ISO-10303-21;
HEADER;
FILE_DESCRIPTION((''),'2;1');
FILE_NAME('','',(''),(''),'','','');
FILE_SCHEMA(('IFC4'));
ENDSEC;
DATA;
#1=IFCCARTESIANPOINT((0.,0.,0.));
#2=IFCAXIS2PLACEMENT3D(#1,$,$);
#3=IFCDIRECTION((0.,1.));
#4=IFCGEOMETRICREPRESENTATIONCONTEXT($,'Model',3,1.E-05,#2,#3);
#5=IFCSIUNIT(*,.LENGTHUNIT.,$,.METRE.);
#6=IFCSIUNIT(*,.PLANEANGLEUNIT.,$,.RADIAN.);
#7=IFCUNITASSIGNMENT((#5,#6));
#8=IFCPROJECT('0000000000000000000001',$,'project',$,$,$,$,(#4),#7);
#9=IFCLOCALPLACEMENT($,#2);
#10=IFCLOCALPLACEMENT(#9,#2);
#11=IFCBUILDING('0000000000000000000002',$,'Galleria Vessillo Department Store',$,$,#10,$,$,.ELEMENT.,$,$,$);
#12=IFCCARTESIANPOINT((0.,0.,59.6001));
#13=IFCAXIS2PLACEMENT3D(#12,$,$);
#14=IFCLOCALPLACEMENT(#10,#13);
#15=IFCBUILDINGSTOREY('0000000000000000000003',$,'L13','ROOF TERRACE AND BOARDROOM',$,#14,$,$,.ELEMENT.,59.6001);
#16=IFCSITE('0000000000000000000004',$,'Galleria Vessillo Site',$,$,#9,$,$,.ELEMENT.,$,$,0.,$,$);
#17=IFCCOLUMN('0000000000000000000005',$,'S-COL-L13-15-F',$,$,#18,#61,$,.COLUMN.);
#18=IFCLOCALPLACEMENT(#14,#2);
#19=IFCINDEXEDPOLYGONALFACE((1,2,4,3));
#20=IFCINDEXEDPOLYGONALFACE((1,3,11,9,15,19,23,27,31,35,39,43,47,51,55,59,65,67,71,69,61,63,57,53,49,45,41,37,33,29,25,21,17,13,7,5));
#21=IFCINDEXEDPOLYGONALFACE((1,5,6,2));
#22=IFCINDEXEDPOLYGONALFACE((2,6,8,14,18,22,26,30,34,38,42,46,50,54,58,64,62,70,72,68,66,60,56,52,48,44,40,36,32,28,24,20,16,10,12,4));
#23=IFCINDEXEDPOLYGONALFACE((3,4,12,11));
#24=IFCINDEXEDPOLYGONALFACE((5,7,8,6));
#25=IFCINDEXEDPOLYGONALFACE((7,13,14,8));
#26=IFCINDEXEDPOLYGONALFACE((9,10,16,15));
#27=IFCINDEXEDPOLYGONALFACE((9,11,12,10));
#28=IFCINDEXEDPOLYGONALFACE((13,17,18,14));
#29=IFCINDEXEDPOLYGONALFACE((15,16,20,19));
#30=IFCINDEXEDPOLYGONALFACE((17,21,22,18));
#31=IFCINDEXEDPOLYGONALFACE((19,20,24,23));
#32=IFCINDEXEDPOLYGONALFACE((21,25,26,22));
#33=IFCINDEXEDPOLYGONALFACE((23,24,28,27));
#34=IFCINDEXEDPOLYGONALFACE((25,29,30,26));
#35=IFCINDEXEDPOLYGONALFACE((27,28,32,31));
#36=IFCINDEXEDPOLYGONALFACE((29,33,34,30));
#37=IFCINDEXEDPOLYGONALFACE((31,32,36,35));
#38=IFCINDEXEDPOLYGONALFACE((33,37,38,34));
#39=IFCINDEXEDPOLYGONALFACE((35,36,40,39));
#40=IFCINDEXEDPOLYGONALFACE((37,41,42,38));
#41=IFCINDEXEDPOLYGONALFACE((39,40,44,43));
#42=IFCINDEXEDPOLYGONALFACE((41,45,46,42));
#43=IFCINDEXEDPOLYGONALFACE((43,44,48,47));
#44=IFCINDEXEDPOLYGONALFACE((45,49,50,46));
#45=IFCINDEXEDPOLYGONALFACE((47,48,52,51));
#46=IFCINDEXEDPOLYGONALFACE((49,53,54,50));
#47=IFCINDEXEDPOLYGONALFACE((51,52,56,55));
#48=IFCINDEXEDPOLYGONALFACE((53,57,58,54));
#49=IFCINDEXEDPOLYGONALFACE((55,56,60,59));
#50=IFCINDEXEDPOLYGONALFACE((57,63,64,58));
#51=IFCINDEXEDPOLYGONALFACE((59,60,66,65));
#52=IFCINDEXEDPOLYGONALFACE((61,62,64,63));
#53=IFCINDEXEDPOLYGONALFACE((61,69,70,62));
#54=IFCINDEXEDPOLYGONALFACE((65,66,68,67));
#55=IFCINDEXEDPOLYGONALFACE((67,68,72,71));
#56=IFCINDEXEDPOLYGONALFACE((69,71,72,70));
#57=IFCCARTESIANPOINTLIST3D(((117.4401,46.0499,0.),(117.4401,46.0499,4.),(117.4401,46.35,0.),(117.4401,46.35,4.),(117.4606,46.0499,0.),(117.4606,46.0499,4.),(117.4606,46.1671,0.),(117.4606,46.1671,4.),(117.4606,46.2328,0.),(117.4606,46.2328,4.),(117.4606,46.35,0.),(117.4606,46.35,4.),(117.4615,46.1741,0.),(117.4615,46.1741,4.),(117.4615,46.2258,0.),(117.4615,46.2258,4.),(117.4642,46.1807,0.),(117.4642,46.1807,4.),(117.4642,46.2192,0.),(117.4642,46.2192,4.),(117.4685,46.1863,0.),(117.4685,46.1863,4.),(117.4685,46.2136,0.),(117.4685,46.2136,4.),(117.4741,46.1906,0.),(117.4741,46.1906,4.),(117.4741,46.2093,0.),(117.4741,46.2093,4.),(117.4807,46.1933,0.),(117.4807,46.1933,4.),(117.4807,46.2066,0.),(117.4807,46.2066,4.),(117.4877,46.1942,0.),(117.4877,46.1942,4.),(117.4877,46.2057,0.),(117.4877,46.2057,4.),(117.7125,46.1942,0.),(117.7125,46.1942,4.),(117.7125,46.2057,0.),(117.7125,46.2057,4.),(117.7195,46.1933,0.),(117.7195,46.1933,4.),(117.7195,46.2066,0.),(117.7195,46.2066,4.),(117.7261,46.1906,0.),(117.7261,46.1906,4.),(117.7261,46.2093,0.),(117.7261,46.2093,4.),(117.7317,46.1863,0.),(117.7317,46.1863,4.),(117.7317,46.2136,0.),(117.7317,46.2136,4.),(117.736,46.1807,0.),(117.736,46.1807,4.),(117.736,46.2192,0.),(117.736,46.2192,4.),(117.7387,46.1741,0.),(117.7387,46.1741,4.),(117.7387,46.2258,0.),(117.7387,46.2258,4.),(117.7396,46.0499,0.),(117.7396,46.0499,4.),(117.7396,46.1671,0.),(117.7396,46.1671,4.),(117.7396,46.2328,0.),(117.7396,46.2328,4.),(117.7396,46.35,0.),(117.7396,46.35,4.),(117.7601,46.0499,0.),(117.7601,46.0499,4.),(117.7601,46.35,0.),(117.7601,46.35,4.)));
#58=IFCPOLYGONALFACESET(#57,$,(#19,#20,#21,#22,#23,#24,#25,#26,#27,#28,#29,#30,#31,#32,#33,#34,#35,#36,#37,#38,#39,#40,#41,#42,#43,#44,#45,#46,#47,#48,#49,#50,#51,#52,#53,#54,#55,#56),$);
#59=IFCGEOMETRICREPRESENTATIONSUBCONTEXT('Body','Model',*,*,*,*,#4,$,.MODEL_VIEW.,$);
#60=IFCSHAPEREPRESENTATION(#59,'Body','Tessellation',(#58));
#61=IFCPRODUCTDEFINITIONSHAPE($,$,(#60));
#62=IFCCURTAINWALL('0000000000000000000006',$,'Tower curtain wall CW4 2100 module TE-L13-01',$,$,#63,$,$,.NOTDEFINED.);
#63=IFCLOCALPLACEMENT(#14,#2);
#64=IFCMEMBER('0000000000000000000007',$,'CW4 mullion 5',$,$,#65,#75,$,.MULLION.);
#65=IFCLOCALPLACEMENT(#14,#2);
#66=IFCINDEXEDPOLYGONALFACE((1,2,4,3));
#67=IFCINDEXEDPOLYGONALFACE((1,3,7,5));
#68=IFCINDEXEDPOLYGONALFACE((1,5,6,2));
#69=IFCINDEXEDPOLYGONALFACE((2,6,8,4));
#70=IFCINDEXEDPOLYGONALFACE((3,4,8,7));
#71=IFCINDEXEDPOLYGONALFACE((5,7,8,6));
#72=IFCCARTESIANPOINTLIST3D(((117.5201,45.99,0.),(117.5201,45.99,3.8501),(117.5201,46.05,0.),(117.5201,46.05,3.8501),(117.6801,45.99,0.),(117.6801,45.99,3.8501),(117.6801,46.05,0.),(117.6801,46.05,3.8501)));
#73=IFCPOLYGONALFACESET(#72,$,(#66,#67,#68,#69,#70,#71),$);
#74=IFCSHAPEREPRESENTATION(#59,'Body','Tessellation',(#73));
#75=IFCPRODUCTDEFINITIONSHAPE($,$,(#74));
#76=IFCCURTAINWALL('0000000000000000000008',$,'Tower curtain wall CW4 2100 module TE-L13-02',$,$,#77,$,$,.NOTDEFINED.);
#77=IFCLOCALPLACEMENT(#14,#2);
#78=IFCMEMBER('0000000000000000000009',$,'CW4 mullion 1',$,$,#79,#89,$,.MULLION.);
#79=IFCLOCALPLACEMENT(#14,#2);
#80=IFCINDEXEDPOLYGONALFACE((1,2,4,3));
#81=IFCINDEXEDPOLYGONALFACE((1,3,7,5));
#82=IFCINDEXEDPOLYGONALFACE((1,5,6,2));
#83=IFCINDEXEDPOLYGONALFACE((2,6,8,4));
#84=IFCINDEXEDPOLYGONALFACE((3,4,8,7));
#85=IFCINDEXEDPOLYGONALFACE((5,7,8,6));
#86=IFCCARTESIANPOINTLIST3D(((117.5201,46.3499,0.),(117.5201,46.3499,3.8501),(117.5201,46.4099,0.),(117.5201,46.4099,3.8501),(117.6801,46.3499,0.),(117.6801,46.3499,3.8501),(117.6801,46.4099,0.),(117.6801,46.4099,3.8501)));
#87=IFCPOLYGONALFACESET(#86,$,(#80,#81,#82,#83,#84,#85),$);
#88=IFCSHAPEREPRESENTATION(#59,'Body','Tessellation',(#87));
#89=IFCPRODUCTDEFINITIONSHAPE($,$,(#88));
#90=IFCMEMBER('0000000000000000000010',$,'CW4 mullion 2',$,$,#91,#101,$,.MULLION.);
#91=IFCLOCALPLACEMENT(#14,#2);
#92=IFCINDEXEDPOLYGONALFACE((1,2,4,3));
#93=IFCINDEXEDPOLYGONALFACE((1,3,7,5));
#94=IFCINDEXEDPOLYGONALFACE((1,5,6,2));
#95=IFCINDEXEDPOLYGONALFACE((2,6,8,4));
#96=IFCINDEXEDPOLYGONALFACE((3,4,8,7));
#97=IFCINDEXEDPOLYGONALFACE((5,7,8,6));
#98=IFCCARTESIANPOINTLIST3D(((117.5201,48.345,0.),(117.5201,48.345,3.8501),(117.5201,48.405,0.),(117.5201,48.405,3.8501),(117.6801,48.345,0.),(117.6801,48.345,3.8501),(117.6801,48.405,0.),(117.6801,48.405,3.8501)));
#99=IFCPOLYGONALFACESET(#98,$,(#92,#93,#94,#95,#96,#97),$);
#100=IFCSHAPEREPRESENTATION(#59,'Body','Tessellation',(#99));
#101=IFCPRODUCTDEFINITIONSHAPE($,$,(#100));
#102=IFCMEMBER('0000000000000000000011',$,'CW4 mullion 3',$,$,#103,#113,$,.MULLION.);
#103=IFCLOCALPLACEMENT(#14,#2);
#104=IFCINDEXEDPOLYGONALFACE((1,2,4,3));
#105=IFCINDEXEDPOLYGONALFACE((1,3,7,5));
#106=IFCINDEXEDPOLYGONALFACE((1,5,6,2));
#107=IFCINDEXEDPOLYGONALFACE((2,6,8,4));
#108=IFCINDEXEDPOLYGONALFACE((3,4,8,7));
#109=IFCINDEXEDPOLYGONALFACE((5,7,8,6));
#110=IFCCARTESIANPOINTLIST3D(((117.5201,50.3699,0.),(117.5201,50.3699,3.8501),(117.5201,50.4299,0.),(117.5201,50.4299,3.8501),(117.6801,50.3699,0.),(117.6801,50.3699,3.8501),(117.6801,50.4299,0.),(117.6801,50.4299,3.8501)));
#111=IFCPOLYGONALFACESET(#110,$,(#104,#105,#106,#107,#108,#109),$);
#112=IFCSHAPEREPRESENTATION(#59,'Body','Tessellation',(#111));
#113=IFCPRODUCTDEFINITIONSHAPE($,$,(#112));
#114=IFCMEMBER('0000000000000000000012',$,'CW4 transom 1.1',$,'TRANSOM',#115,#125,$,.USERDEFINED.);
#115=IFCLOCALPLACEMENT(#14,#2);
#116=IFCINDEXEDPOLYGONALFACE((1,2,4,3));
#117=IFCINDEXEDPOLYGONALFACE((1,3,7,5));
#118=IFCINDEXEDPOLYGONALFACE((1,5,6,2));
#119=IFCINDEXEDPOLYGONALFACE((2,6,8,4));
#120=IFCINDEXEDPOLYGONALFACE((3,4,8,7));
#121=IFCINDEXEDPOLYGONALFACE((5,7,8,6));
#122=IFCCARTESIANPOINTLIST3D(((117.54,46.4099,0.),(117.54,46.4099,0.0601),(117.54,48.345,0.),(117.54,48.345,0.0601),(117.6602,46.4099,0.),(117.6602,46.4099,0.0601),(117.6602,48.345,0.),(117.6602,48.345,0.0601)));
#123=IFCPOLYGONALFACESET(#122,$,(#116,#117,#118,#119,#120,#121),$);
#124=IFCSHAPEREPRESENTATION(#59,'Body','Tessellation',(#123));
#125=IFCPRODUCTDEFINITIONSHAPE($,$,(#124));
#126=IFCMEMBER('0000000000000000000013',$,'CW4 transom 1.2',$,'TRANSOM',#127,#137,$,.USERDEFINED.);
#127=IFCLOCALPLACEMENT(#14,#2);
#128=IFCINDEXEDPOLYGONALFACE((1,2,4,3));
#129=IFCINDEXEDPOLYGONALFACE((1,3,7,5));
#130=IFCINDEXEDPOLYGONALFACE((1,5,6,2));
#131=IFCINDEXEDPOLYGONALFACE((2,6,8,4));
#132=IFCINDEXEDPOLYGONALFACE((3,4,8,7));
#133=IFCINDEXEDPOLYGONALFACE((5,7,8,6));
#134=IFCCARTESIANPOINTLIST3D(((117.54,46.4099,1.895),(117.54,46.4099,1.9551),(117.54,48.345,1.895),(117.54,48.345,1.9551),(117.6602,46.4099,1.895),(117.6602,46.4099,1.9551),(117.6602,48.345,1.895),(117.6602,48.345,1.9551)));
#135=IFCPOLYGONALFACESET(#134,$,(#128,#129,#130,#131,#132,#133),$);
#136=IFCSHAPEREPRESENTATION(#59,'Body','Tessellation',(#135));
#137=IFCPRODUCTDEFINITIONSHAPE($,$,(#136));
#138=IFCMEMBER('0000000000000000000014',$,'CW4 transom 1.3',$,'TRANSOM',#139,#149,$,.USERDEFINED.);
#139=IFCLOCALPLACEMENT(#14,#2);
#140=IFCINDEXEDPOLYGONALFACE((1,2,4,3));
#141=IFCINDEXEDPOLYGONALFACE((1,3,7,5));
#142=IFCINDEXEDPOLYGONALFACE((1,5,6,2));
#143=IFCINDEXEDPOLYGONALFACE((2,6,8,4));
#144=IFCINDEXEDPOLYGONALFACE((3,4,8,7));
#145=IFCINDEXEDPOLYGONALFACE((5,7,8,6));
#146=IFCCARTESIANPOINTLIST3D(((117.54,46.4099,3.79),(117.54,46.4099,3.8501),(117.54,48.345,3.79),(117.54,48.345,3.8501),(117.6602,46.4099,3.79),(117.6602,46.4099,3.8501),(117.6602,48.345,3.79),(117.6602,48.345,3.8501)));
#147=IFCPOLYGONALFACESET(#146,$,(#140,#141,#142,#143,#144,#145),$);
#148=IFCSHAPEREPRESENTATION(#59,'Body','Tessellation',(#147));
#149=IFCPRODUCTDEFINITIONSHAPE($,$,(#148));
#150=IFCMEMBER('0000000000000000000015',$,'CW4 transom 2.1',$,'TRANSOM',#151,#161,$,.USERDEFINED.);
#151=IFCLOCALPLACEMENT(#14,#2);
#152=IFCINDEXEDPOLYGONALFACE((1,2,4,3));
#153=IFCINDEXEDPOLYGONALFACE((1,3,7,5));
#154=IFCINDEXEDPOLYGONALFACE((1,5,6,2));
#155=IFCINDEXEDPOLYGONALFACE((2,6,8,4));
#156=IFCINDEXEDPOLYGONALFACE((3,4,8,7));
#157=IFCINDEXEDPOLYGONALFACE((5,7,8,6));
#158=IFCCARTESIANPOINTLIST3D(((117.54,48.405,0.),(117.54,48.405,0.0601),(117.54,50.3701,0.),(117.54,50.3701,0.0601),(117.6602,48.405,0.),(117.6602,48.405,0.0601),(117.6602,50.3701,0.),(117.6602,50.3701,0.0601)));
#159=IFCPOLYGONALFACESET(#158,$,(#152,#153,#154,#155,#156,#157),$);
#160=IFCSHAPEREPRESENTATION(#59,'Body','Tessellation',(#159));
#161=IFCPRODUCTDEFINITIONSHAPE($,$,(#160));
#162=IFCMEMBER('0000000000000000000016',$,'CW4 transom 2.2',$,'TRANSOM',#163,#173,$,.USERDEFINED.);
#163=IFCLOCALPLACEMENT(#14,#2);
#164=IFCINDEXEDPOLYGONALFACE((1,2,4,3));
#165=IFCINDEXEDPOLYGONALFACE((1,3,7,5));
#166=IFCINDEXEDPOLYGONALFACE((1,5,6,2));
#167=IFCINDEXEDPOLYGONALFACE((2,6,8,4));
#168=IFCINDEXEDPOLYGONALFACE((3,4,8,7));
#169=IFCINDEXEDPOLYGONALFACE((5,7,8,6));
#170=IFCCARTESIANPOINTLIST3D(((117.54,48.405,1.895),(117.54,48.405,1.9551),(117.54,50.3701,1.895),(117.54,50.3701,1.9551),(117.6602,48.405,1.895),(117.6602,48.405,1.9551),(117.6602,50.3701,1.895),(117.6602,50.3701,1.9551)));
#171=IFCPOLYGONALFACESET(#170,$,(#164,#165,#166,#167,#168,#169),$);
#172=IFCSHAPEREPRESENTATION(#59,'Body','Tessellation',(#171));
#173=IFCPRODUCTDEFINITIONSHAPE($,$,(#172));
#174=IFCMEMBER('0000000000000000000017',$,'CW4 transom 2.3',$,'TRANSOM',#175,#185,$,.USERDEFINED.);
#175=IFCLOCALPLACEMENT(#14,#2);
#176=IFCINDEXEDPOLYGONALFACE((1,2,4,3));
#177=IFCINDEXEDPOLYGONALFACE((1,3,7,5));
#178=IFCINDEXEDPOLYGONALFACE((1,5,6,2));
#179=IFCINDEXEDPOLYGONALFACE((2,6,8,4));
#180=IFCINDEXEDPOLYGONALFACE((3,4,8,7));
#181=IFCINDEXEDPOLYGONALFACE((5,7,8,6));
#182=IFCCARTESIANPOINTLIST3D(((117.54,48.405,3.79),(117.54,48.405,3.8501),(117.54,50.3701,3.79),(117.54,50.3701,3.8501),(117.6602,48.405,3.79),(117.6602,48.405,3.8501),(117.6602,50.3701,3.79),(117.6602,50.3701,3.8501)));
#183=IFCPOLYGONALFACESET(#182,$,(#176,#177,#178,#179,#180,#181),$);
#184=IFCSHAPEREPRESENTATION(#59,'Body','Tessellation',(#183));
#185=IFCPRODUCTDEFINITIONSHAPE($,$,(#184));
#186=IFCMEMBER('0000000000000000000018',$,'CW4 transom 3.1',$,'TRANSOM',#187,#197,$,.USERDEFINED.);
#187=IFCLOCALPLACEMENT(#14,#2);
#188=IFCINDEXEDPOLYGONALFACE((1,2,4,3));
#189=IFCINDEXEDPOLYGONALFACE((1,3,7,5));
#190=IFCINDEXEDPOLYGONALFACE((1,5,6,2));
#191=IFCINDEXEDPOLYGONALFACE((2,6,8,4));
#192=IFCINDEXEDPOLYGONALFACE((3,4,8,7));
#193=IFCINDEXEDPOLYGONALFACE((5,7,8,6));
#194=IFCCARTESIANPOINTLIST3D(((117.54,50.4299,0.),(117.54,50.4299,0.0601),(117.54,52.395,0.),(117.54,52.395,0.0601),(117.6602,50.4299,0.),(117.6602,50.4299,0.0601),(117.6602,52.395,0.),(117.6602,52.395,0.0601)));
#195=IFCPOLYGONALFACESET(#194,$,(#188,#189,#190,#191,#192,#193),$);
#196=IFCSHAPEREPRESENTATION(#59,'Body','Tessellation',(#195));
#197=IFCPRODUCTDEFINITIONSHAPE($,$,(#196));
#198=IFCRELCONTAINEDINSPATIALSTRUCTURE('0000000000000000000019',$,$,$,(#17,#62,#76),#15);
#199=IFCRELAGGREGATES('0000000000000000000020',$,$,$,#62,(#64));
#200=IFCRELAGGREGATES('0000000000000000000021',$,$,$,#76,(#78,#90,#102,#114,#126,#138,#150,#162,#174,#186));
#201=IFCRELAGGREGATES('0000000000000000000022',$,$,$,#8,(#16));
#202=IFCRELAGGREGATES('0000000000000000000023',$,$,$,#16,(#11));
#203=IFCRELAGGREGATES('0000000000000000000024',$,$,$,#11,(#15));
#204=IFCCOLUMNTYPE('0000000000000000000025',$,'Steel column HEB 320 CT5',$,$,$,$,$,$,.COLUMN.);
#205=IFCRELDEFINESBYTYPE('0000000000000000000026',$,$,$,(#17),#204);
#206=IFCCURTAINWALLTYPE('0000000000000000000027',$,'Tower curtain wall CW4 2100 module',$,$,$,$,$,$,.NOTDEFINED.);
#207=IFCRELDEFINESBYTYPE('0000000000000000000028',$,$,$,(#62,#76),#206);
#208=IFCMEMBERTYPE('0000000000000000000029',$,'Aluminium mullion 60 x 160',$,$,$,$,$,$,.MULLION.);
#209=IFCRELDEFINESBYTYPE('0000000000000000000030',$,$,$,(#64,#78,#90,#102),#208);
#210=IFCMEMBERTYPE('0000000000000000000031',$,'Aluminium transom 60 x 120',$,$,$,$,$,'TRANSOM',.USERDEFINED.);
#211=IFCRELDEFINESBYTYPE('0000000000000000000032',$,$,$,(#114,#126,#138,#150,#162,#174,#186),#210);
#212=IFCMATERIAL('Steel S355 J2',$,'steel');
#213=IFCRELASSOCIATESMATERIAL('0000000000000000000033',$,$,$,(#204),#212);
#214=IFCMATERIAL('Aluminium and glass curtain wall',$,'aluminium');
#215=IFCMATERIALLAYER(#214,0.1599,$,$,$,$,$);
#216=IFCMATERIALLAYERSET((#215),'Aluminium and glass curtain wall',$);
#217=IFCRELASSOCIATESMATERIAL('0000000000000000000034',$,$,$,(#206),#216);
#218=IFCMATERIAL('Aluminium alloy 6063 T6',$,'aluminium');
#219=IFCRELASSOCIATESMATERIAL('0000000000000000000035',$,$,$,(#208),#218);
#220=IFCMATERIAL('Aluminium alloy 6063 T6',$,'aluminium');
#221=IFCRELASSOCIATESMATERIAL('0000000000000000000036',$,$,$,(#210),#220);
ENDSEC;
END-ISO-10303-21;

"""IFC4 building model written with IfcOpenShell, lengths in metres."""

from ifc_helpers import new_model, si_unit, direction, frame, origin, origin_2d, place, context, subcontext, project, spatial, rectangle, i_section, extrude, material, layer, layer_set, material_profile, profile_set, type_object, element, aggregate, save


model = new_model("IFC4")

# Units and contexts
model_context = context("Model", 3, precision=1e-05, world=origin(), true_north=direction((0.0, 1.0)))
body_context = subcontext(model_context, "Body", "Model", "MODEL_VIEW")
ifc_project = project(units=[si_unit("LENGTHUNIT", "METRE"), si_unit("PLANEANGLEUNIT", "RADIAN")], contexts=[model_context])

# Site, building, storey
site_placement = place(None, origin())
site = spatial("IfcSite", under=ifc_project, at=site_placement, Name="Galleria Vessillo Site", CompositionType="ELEMENT", RefElevation=0.0)
building_placement = place(site_placement, origin())
building = spatial("IfcBuilding", under=site, at=building_placement, Name="Galleria Vessillo Department Store", CompositionType="ELEMENT")
storey_placement = place(building_placement, frame((0.0, 0.0, 59.6001)))
storey = spatial("IfcBuildingStorey", under=building, at=storey_placement, Name="L13", Description="ROOF TERRACE AND BOARDROOM", CompositionType="ELEMENT", Elevation=59.6001)

# Column
ifc_material_1 = material(Name="Steel S355 J2", Category="steel")
ifc_material_profile_1 = material_profile(ifc_material_1, i_section(OverallWidth=0.3, OverallDepth=0.3201, WebThickness=0.0115, FlangeThickness=0.0205, FilletRadius=0.0271, at=origin_2d()), Name="HEB 320")
ifc_profile_set_1 = profile_set([ifc_material_profile_1], Name="Steel S355 J2")
column_type = type_object("IfcColumnType", Name="Steel column HEB 320 CT5", PredefinedType="COLUMN", material=ifc_profile_set_1)
column_placement = place(storey_placement, frame((117.6001, 46.2, 0.0), z_axis=(0.0, 0.0, 1.0), x_axis=(0.0, 1.0, 0.0)))
element("IfcColumn", 1, at=column_placement, inside=storey, type_object=column_type, Name="S-COL-L13-15-F", PredefinedType="COLUMN", context=body_context, shape_type="SweptSolid", body=[
    extrude(i_section(OverallWidth=0.3, OverallDepth=0.3201, WebThickness=0.0115, FlangeThickness=0.0205, FilletRadius=0.0271, at=origin_2d()), origin(), (0.0, 0.0, 1.0), 4.0),
])

# Curtain wall, member
ifc_material_2 = material(Name="Aluminium and glass curtain wall", Category="aluminium")
ifc_layer_1 = layer(ifc_material_2, 0.1599)
ifc_layer_set_1 = layer_set([ifc_layer_1], Name="Aluminium and glass curtain wall")
curtain_wall_type = type_object("IfcCurtainWallType", Name="Tower curtain wall CW4 2100 module", PredefinedType="NOTDEFINED", material=ifc_layer_set_1)
curtain_wall_1_placement = place(storey_placement, origin())
curtain_wall_1 = element("IfcCurtainWall", 2, at=curtain_wall_1_placement, inside=storey, type_object=curtain_wall_type, Name="Tower curtain wall CW4 2100 module TE-L13-01", PredefinedType="NOTDEFINED")
ifc_material_3 = material(Name="Aluminium alloy 6063 T6", Category="aluminium")
ifc_material_profile_2 = material_profile(ifc_material_3, rectangle(XDim=0.1599, YDim=0.0601, at=origin_2d()), Name="AL 60x160")
ifc_profile_set_2 = profile_set([ifc_material_profile_2], Name="Aluminium alloy 6063 T6")
member_type_1 = type_object("IfcMemberType", Name="Aluminium mullion 60 x 160", PredefinedType="MULLION", material=ifc_profile_set_2)
member_1_placement = place(storey_placement, frame((117.6001, 46.02, 0.0), z_axis=(0.0, 0.0, 1.0), x_axis=(-1.0, 0.0, 0.0)))
member_1 = element("IfcMember", 3, at=member_1_placement, type_object=member_type_1, Name="CW4 mullion 5", PredefinedType="MULLION", context=body_context, shape_type="SweptSolid", body=[
    extrude(rectangle(XDim=0.1599, YDim=0.0601, at=origin_2d()), origin(), (0.0, 0.0, 1.0), 3.8501),
])

# Curtain wall, members
curtain_wall_2_placement = place(storey_placement, origin())
curtain_wall_2 = element("IfcCurtainWall", 4, at=curtain_wall_2_placement, inside=storey, type_object=curtain_wall_type, Name="Tower curtain wall CW4 2100 module TE-L13-02", PredefinedType="NOTDEFINED")
member_2_placement = place(storey_placement, frame((117.6001, 46.3799, 0.0), z_axis=(0.0, 0.0, 1.0), x_axis=(-1.0, 0.0, 0.0)))
member_2 = element("IfcMember", 5, at=member_2_placement, type_object=member_type_1, Name="CW4 mullion 1", PredefinedType="MULLION", context=body_context, shape_type="SweptSolid", body=[
    extrude(rectangle(XDim=0.1599, YDim=0.0601, at=origin_2d()), origin(), (0.0, 0.0, 1.0), 3.8501),
])
member_3_placement = place(storey_placement, frame((117.6001, 48.375, 0.0), z_axis=(0.0, 0.0, 1.0), x_axis=(-1.0, 0.0, 0.0)))
member_3 = element("IfcMember", 6, at=member_3_placement, type_object=member_type_1, Name="CW4 mullion 2", PredefinedType="MULLION", context=body_context, shape_type="SweptSolid", body=[
    extrude(rectangle(XDim=0.1599, YDim=0.0601, at=origin_2d()), origin(), (0.0, 0.0, 1.0), 3.8501),
])
member_4_placement = place(storey_placement, frame((117.6001, 50.3999, 0.0), z_axis=(0.0, 0.0, 1.0), x_axis=(-1.0, 0.0, 0.0)))
member_4 = element("IfcMember", 7, at=member_4_placement, type_object=member_type_1, Name="CW4 mullion 3", PredefinedType="MULLION", context=body_context, shape_type="SweptSolid", body=[
    extrude(rectangle(XDim=0.1599, YDim=0.0601, at=origin_2d()), origin(), (0.0, 0.0, 1.0), 3.8501),
])
ifc_material_4 = material(Name="Aluminium alloy 6063 T6", Category="aluminium")
ifc_material_profile_3 = material_profile(ifc_material_4, rectangle(XDim=0.1201, YDim=0.0601, at=origin_2d()), Name="AL 60x120")
ifc_profile_set_3 = profile_set([ifc_material_profile_3], Name="Aluminium alloy 6063 T6")
member_type_2 = type_object("IfcMemberType", Name="Aluminium transom 60 x 120", ElementType="TRANSOM", PredefinedType="USERDEFINED", material=ifc_profile_set_3)
member_5_placement = place(storey_placement, frame((117.6001, 46.4099, 0.03), z_axis=(0.0, 1.0, 0.0), x_axis=(-1.0, 0.0, 0.0)))
member_5 = element("IfcMember", 8, at=member_5_placement, type_object=member_type_2, Name="CW4 transom 1.1", ObjectType="TRANSOM", PredefinedType="USERDEFINED", context=body_context, shape_type="SweptSolid", body=[
    extrude(rectangle(XDim=0.1201, YDim=0.0601, at=origin_2d()), origin(), (0.0, 0.0, 1.0), 1.9351),
])
member_6_placement = place(storey_placement, frame((117.6001, 46.4099, 1.925), z_axis=(0.0, 1.0, 0.0), x_axis=(-1.0, 0.0, 0.0)))
member_6 = element("IfcMember", 9, at=member_6_placement, type_object=member_type_2, Name="CW4 transom 1.2", ObjectType="TRANSOM", PredefinedType="USERDEFINED", context=body_context, shape_type="SweptSolid", body=[
    extrude(rectangle(XDim=0.1201, YDim=0.0601, at=origin_2d()), origin(), (0.0, 0.0, 1.0), 1.9351),
])
member_7_placement = place(storey_placement, frame((117.6001, 46.4099, 3.8201), z_axis=(0.0, 1.0, 0.0), x_axis=(-1.0, 0.0, 0.0)))
member_7 = element("IfcMember", 10, at=member_7_placement, type_object=member_type_2, Name="CW4 transom 1.3", ObjectType="TRANSOM", PredefinedType="USERDEFINED", context=body_context, shape_type="SweptSolid", body=[
    extrude(rectangle(XDim=0.1201, YDim=0.0601, at=origin_2d()), origin(), (0.0, 0.0, 1.0), 1.9351),
])
member_8_placement = place(storey_placement, frame((117.6001, 48.405, 0.03), z_axis=(0.0, 1.0, 0.0), x_axis=(-1.0, 0.0, 0.0)))
member_8 = element("IfcMember", 11, at=member_8_placement, type_object=member_type_2, Name="CW4 transom 2.1", ObjectType="TRANSOM", PredefinedType="USERDEFINED", context=body_context, shape_type="SweptSolid", body=[
    extrude(rectangle(XDim=0.1201, YDim=0.0601, at=origin_2d()), origin(), (0.0, 0.0, 1.0), 1.9651),
])
member_9_placement = place(storey_placement, frame((117.6001, 48.405, 1.925), z_axis=(0.0, 1.0, 0.0), x_axis=(-1.0, 0.0, 0.0)))
member_9 = element("IfcMember", 12, at=member_9_placement, type_object=member_type_2, Name="CW4 transom 2.2", ObjectType="TRANSOM", PredefinedType="USERDEFINED", context=body_context, shape_type="SweptSolid", body=[
    extrude(rectangle(XDim=0.1201, YDim=0.0601, at=origin_2d()), origin(), (0.0, 0.0, 1.0), 1.9651),
])
member_10_placement = place(storey_placement, frame((117.6001, 48.405, 3.8201), z_axis=(0.0, 1.0, 0.0), x_axis=(-1.0, 0.0, 0.0)))
member_10 = element("IfcMember", 13, at=member_10_placement, type_object=member_type_2, Name="CW4 transom 2.3", ObjectType="TRANSOM", PredefinedType="USERDEFINED", context=body_context, shape_type="SweptSolid", body=[
    extrude(rectangle(XDim=0.1201, YDim=0.0601, at=origin_2d()), origin(), (0.0, 0.0, 1.0), 1.9651),
])
member_11_placement = place(storey_placement, frame((117.6001, 50.4299, 0.03), z_axis=(0.0, 1.0, 0.0), x_axis=(-1.0, 0.0, 0.0)))
member_11 = element("IfcMember", 14, at=member_11_placement, type_object=member_type_2, Name="CW4 transom 3.1", ObjectType="TRANSOM", PredefinedType="USERDEFINED", context=body_context, shape_type="SweptSolid", body=[
    extrude(rectangle(XDim=0.1201, YDim=0.0601, at=origin_2d()), origin(), (0.0, 0.0, 1.0), 1.9651),
])

aggregate(curtain_wall_1, [member_1])
aggregate(curtain_wall_2, [member_2, member_3, member_4, member_5, member_6, member_7, member_8, member_9, member_10, member_11])

save(model, "model.ifc")
